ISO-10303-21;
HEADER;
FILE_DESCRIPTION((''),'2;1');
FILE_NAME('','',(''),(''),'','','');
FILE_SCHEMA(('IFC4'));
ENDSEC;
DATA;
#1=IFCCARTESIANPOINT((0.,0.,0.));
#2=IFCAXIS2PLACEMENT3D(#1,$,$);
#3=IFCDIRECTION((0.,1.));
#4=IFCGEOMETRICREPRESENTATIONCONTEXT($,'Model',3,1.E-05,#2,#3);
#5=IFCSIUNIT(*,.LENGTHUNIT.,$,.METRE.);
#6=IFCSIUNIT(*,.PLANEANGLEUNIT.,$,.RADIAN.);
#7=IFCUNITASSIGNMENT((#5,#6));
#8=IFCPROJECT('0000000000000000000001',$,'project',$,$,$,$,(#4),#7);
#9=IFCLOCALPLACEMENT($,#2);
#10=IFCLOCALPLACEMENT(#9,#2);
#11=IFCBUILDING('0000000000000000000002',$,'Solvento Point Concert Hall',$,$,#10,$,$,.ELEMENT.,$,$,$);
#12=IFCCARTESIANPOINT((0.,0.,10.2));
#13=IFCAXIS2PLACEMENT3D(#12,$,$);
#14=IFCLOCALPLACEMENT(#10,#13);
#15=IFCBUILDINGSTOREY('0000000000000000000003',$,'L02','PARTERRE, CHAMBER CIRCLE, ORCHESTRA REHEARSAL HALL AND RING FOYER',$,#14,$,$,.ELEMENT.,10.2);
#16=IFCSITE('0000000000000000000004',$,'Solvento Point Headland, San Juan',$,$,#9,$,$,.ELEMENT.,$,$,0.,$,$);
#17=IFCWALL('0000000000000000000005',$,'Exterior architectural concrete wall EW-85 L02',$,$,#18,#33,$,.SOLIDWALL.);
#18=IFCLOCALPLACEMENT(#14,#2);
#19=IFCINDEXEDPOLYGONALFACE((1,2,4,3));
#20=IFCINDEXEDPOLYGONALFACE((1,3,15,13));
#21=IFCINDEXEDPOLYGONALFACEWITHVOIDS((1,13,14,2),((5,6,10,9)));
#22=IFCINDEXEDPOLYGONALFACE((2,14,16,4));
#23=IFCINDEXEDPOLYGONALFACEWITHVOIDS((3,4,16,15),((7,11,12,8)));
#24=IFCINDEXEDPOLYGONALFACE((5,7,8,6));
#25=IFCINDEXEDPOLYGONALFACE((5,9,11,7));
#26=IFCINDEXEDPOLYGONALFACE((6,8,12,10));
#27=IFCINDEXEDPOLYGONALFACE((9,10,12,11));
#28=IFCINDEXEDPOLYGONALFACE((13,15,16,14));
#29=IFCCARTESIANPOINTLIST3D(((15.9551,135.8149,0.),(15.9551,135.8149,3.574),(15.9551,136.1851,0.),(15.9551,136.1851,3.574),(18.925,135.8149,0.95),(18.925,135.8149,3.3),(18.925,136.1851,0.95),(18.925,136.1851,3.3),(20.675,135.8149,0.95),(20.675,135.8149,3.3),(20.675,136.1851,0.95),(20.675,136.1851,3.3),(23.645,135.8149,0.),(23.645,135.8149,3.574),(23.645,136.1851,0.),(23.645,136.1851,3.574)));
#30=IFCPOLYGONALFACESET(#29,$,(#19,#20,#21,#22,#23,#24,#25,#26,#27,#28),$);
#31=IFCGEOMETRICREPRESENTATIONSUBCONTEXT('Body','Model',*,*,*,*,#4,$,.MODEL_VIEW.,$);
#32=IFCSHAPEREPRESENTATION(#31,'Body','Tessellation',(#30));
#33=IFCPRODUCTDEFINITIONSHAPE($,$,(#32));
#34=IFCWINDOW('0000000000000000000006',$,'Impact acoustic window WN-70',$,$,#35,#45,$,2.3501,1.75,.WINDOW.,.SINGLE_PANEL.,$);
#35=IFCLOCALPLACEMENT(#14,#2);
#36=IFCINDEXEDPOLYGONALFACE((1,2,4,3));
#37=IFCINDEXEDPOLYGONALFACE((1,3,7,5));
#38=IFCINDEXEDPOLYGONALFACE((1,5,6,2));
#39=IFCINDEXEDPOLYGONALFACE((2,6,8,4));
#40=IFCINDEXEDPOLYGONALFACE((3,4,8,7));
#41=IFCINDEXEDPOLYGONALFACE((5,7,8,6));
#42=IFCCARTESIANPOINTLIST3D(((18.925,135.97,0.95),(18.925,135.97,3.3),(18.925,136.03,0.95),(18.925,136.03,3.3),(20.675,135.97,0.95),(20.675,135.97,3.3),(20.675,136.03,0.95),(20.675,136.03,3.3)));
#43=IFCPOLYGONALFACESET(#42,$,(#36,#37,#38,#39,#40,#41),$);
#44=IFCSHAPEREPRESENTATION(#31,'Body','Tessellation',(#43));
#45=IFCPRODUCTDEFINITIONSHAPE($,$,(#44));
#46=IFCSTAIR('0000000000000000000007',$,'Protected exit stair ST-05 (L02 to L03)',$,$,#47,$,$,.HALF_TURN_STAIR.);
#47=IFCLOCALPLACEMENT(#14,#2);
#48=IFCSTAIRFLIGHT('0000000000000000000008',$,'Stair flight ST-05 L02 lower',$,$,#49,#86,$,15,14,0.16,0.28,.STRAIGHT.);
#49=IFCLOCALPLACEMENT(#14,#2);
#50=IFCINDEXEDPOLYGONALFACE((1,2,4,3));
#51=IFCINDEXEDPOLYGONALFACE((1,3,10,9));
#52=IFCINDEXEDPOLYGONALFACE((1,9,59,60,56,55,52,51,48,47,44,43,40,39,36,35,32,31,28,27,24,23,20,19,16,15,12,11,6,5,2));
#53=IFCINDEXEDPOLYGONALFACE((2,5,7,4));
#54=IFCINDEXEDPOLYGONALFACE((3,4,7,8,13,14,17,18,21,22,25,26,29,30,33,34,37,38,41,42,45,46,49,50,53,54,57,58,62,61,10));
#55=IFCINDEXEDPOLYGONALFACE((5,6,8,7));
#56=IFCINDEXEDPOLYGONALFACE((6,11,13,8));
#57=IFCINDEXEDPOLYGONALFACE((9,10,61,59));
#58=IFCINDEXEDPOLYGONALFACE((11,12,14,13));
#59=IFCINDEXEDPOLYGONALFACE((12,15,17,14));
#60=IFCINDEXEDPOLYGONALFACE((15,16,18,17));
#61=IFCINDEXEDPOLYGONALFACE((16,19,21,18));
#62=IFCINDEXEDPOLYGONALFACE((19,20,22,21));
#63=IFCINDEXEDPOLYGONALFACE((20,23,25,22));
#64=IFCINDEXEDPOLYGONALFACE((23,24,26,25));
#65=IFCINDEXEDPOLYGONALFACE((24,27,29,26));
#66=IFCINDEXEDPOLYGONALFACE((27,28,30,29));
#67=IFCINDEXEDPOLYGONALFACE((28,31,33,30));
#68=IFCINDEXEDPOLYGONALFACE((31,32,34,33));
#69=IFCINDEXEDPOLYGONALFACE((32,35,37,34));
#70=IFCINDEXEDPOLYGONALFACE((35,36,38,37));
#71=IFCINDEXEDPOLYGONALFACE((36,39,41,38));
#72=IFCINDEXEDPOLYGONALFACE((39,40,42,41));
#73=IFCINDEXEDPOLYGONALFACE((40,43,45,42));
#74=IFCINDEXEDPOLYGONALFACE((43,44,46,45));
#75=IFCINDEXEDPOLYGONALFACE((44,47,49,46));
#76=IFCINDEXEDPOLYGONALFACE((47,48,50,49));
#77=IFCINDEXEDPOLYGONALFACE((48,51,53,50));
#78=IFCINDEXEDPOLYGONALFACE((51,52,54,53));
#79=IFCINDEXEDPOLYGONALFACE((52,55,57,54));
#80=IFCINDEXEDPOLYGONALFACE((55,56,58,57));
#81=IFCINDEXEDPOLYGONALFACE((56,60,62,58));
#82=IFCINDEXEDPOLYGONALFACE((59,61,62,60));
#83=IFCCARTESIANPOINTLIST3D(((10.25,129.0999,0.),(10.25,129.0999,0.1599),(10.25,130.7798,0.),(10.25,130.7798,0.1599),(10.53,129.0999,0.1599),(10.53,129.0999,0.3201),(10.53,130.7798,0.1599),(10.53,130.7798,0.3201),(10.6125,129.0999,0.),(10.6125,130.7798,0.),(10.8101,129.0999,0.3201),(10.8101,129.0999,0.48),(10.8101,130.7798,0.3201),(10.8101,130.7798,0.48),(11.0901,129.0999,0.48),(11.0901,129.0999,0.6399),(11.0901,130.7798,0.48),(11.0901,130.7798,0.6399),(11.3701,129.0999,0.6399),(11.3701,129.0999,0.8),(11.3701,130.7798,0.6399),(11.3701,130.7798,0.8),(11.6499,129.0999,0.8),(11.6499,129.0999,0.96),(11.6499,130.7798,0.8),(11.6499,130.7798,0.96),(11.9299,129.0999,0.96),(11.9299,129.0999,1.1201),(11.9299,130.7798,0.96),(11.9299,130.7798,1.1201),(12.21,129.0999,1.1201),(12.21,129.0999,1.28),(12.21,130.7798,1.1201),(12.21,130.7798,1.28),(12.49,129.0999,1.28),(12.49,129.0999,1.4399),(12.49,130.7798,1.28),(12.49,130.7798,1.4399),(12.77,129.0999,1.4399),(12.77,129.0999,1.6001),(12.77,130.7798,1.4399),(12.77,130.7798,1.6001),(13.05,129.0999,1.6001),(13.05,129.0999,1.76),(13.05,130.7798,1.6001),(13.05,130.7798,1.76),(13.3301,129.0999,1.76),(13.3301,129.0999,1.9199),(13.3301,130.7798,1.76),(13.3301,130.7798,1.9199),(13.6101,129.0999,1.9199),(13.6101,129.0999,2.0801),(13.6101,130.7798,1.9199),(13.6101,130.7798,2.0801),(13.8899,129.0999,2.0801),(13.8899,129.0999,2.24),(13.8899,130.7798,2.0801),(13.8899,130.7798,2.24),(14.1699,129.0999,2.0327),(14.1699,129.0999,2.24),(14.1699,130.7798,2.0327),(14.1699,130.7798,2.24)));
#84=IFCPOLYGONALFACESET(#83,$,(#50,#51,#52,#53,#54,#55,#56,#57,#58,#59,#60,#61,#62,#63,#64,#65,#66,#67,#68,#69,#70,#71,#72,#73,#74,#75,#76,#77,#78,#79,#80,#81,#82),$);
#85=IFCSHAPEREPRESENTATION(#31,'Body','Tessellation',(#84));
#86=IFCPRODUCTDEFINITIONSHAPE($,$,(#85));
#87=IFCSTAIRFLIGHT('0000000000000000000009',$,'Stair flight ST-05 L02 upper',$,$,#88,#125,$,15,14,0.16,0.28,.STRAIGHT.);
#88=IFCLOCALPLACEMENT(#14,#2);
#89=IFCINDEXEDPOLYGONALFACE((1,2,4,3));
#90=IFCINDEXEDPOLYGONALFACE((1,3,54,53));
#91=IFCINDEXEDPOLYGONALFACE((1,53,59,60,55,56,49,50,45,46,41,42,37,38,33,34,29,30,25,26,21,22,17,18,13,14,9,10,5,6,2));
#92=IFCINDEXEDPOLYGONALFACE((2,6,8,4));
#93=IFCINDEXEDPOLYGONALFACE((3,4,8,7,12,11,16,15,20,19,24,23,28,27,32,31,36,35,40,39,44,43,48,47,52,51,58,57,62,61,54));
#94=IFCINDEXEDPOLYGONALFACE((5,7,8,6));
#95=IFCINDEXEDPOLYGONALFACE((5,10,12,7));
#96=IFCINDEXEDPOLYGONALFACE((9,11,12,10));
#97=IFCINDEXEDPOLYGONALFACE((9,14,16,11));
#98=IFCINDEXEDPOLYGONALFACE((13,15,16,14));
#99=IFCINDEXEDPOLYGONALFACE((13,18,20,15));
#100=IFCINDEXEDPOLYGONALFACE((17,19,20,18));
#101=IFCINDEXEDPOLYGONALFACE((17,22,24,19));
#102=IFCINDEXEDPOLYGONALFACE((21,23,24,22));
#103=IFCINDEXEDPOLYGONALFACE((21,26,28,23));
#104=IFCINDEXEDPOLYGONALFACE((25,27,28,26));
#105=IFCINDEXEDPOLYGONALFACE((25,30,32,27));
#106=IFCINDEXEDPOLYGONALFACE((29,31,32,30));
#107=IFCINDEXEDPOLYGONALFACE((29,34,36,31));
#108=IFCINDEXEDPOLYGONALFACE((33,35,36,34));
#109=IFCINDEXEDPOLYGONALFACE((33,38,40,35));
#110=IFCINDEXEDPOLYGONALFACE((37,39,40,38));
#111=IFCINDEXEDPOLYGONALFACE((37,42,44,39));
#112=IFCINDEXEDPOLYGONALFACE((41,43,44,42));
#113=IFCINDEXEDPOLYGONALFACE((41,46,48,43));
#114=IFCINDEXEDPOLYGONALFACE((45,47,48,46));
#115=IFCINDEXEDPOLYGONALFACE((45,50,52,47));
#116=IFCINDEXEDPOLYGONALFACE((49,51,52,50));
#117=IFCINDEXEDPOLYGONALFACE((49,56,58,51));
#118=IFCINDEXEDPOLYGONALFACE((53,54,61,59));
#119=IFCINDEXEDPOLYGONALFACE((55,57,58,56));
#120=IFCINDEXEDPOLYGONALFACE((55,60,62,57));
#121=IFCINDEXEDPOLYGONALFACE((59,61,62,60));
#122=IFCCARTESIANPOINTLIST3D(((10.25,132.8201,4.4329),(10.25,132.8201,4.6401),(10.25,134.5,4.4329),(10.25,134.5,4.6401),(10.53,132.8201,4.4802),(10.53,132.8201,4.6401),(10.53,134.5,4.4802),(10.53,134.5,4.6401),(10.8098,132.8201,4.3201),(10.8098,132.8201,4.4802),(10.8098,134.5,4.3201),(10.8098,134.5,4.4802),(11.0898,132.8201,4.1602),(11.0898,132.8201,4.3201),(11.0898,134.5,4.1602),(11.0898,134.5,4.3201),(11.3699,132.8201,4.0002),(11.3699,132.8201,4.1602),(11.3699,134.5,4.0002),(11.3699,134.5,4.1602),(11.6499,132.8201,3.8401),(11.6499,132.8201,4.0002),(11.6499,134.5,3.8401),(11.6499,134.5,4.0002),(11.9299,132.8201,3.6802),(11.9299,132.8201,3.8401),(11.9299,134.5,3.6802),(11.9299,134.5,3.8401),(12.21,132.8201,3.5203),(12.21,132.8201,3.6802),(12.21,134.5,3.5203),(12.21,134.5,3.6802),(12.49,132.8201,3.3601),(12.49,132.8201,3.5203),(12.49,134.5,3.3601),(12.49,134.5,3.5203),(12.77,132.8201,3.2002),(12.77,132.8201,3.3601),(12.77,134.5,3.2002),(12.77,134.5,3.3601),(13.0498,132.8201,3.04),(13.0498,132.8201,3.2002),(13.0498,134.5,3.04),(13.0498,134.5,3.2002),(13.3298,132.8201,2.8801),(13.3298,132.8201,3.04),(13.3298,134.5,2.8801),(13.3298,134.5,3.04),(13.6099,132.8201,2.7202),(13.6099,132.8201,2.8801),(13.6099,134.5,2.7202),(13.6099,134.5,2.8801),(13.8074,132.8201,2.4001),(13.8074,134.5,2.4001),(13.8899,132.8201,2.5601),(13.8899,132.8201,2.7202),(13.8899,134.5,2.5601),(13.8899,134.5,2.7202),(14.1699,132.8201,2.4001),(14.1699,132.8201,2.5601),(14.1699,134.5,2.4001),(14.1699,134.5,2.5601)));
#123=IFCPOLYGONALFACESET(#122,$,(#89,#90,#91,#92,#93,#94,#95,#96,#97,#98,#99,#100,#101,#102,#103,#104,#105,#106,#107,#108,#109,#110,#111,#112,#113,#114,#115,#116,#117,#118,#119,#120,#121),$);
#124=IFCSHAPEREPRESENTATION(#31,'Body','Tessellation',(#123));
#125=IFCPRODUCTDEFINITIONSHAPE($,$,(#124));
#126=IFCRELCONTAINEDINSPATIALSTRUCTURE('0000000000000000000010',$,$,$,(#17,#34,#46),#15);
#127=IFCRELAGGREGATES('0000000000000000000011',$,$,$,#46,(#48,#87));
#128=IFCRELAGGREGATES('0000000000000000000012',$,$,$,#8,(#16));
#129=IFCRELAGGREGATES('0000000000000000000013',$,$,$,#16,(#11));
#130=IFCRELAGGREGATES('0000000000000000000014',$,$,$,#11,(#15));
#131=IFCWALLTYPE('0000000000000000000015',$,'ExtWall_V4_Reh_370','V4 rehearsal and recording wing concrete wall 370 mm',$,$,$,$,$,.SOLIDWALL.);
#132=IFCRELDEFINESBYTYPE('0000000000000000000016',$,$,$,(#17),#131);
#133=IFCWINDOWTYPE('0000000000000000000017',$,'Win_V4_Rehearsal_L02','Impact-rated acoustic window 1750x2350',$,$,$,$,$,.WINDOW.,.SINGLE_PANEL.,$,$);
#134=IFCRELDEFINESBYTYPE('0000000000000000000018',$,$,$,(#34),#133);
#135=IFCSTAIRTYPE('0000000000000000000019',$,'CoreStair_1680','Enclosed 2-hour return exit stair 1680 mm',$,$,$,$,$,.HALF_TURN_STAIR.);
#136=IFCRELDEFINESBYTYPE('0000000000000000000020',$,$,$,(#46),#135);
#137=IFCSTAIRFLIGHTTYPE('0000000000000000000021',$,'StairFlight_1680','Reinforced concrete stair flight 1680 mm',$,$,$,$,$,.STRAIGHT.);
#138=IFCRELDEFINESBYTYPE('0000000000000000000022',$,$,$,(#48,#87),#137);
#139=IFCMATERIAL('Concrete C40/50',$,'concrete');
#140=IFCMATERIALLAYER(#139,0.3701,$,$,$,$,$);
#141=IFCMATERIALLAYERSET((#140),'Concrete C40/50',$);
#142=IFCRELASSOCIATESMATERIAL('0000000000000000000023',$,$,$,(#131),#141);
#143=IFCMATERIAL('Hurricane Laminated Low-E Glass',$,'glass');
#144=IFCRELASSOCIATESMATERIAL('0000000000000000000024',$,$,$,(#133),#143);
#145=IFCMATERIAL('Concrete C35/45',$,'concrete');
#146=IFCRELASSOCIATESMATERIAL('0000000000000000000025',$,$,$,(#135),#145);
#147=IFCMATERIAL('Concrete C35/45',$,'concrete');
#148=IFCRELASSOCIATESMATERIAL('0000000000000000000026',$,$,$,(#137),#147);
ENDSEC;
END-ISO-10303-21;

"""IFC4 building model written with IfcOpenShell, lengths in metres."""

from ifc_helpers import new_model, si_unit, direction, frame, frame_2d, origin, place, context, subcontext, project, spatial, polyline, rectangle, outline, extrude, material, layer, layer_set, type_object, element, fill, aggregate, save


model = new_model("IFC4")

# Units and contexts
model_context = context("Model", 3, precision=1e-05, world=origin(), true_north=direction((0.0, 1.0)))
body_context = subcontext(model_context, "Body", "Model", "MODEL_VIEW")
ifc_project = project(units=[si_unit("LENGTHUNIT", "METRE"), si_unit("PLANEANGLEUNIT", "RADIAN")], contexts=[model_context])

# Site, building, storey
site_placement = place(None, origin())
site = spatial("IfcSite", under=ifc_project, at=site_placement, Name="Solvento Point Headland, San Juan", CompositionType="ELEMENT", RefElevation=0.0)
building_placement = place(site_placement, origin())
building = spatial("IfcBuilding", under=site, at=building_placement, Name="Solvento Point Concert Hall", CompositionType="ELEMENT")
storey_placement = place(building_placement, frame((0.0, 0.0, 10.2)))
storey = spatial("IfcBuildingStorey", under=building, at=storey_placement, Name="L02", Description="PARTERRE, CHAMBER CIRCLE, ORCHESTRA REHEARSAL HALL AND RING FOYER", CompositionType="ELEMENT", Elevation=10.2)

# Wall, opening, window
ifc_material_1 = material(Name="Concrete C40/50", Category="concrete")
ifc_layer_1 = layer(ifc_material_1, 0.3701)
ifc_layer_set_1 = layer_set([ifc_layer_1], Name="Concrete C40/50")
wall_type_1 = type_object("IfcWallType", Name="ExtWall_V4_Reh_370", Description="V4 rehearsal and recording wing concrete wall 370 mm", PredefinedType="SOLIDWALL", material=ifc_layer_set_1)
ifc_material_2 = material(Name="Hurricane Laminated Low-E Glass", Category="glass")
window_type_1 = type_object("IfcWindowType", Name="Win_V4_Rehearsal_L02", Description="Impact-rated acoustic window 1750x2350", PartitioningType="SINGLE_PANEL", PredefinedType="WINDOW", material=ifc_material_2)
wall_1_placement = place(storey_placement, frame((15.9551, 136.0, 0.0), z_axis=(0.0, 0.0, 1.0), x_axis=(1.0, 0.0, 0.0)))
wall_1 = element("IfcWall", 1, at=wall_1_placement, inside=storey, type_object=wall_type_1, Name="Exterior architectural concrete wall EW-85 L02", PredefinedType="SOLIDWALL", context=body_context, shape_type="SweptSolid", body=[
    extrude(rectangle(XDim=7.6899, YDim=0.3701, at=frame_2d((3.845, 0.0))), origin(), (0.0, 0.0, 1.0), 3.574),
])
opening_1_placement = place(wall_1_placement, frame((2.97, 0.0, 0.95)))
opening_1 = element("IfcOpeningElement", 2, at=opening_1_placement, cuts=wall_1, PredefinedType="OPENING", context=body_context, shape_type="SweptSolid", body=[
    extrude(rectangle(XDim=1.75, YDim=2.3501, at=frame_2d((0.875, 1.175))), frame((0.0, 0.1951, 0.0), z_axis=(0.0, -1.0, 0.0), x_axis=(1.0, 0.0, 0.0)), (0.0, 0.0, 1.0), 0.3901),
])
window_1_placement = place(opening_1_placement, origin())
window_1 = element("IfcWindow", 3, at=window_1_placement, inside=storey, type_object=window_type_1, Name="Impact acoustic window WN-70", OverallHeight=2.3501, OverallWidth=1.75, PartitioningType="SINGLE_PANEL", PredefinedType="WINDOW", context=body_context, shape_type="SweptSolid", body=[
    extrude(rectangle(XDim=1.75, YDim=2.3501, at=frame_2d((0.875, 1.175))), frame((0.0, 0.03, 0.0), z_axis=(0.0, -1.0, 0.0), x_axis=(1.0, 0.0, 0.0)), (0.0, 0.0, 1.0), 0.0601),
])
fill(opening_1, window_1)

# Stair, stair flights
ifc_material_3 = material(Name="Concrete C35/45", Category="concrete")
stair_type = type_object("IfcStairType", Name="CoreStair_1680", Description="Enclosed 2-hour return exit stair 1680 mm", PredefinedType="HALF_TURN_STAIR", material=ifc_material_3)
stair_placement = place(storey_placement, origin())
stair = element("IfcStair", 4, at=stair_placement, inside=storey, type_object=stair_type, Name="Protected exit stair ST-05 (L02 to L03)", PredefinedType="HALF_TURN_STAIR")
ifc_material_4 = material(Name="Concrete C35/45", Category="concrete")
stair_flight_type = type_object("IfcStairFlightType", Name="StairFlight_1680", Description="Reinforced concrete stair flight 1680 mm", PredefinedType="STRAIGHT", material=ifc_material_4)
stair_flight_1_placement = place(storey_placement, frame((10.25, 129.9399, 0.0), z_axis=(0.0, 0.0, 1.0), x_axis=(1.0, 0.0, 0.0)))
stair_flight_1 = element("IfcStairFlight", 5, at=stair_flight_1_placement, type_object=stair_flight_type, Name="Stair flight ST-05 L02 lower", NumberOfRisers=15, NumberOfTreads=14, PredefinedType="STRAIGHT", RiserHeight=0.16, TreadLength=0.28, context=body_context, shape_type="SweptSolid", body=[
    extrude(outline(polyline([(0.0, 0.0), (0.0, 0.1599), (0.28, 0.1599), (0.28, 0.3201), (0.5601, 0.3201), (0.5601, 0.48), (0.8401, 0.48), (0.8401, 0.6399), (1.1201, 0.6399), (1.1201, 0.8), (1.3999, 0.8), (1.3999, 0.96), (1.6799, 0.96), (1.6799, 1.1201), (1.96, 1.1201), (1.96, 1.28), (2.24, 1.28), (2.24, 1.4399), (2.52, 1.4399), (2.52, 1.6001), (2.8, 1.6001), (2.8, 1.76), (3.0801, 1.76), (3.0801, 1.9199), (3.3601, 1.9199), (3.3601, 2.0801), (3.6399, 2.0801), (3.6399, 2.24), (3.9199, 2.24), (3.9199, 2.3999), (3.9199, 2.0327), (0.3625, 0.0), (0.0, 0.0)])), frame((0.0, 0.8398, 0.0), z_axis=(0.0, -1.0, 0.0), x_axis=(1.0, 0.0, 0.0)), (0.0, 0.0, 1.0), 1.6799),
])
stair_flight_2_placement = place(storey_placement, frame((14.1699, 133.6599, 2.4001), z_axis=(0.0, 0.0, 1.0), x_axis=(-1.0, 0.0, 0.0)))
stair_flight_2 = element("IfcStairFlight", 6, at=stair_flight_2_placement, type_object=stair_flight_type, Name="Stair flight ST-05 L02 upper", NumberOfRisers=15, NumberOfTreads=14, PredefinedType="STRAIGHT", RiserHeight=0.16, TreadLength=0.28, context=body_context, shape_type="SweptSolid", body=[
    extrude(outline(polyline([(0.0, 0.0), (0.0, 0.1599), (0.28, 0.1599), (0.28, 0.3201), (0.5601, 0.3201), (0.5601, 0.48), (0.8401, 0.48), (0.8401, 0.6399), (1.1201, 0.6399), (1.1201, 0.8), (1.3999, 0.8), (1.3999, 0.96), (1.6799, 0.96), (1.6799, 1.1201), (1.96, 1.1201), (1.96, 1.28), (2.24, 1.28), (2.24, 1.4399), (2.52, 1.4399), (2.52, 1.6001), (2.8, 1.6001), (2.8, 1.76), (3.0801, 1.76), (3.0801, 1.9199), (3.3601, 1.9199), (3.3601, 2.0801), (3.6399, 2.0801), (3.6399, 2.24), (3.9199, 2.24), (3.9199, 2.3999), (3.9199, 2.0327), (0.3625, 0.0), (0.0, 0.0)])), frame((0.0, 0.8398, 0.0), z_axis=(0.0, -1.0, 0.0), x_axis=(1.0, 0.0, 0.0)), (0.0, 0.0, 1.0), 1.6799),
])
aggregate(stair, [stair_flight_1, stair_flight_2])

save(model, "model.ifc")
